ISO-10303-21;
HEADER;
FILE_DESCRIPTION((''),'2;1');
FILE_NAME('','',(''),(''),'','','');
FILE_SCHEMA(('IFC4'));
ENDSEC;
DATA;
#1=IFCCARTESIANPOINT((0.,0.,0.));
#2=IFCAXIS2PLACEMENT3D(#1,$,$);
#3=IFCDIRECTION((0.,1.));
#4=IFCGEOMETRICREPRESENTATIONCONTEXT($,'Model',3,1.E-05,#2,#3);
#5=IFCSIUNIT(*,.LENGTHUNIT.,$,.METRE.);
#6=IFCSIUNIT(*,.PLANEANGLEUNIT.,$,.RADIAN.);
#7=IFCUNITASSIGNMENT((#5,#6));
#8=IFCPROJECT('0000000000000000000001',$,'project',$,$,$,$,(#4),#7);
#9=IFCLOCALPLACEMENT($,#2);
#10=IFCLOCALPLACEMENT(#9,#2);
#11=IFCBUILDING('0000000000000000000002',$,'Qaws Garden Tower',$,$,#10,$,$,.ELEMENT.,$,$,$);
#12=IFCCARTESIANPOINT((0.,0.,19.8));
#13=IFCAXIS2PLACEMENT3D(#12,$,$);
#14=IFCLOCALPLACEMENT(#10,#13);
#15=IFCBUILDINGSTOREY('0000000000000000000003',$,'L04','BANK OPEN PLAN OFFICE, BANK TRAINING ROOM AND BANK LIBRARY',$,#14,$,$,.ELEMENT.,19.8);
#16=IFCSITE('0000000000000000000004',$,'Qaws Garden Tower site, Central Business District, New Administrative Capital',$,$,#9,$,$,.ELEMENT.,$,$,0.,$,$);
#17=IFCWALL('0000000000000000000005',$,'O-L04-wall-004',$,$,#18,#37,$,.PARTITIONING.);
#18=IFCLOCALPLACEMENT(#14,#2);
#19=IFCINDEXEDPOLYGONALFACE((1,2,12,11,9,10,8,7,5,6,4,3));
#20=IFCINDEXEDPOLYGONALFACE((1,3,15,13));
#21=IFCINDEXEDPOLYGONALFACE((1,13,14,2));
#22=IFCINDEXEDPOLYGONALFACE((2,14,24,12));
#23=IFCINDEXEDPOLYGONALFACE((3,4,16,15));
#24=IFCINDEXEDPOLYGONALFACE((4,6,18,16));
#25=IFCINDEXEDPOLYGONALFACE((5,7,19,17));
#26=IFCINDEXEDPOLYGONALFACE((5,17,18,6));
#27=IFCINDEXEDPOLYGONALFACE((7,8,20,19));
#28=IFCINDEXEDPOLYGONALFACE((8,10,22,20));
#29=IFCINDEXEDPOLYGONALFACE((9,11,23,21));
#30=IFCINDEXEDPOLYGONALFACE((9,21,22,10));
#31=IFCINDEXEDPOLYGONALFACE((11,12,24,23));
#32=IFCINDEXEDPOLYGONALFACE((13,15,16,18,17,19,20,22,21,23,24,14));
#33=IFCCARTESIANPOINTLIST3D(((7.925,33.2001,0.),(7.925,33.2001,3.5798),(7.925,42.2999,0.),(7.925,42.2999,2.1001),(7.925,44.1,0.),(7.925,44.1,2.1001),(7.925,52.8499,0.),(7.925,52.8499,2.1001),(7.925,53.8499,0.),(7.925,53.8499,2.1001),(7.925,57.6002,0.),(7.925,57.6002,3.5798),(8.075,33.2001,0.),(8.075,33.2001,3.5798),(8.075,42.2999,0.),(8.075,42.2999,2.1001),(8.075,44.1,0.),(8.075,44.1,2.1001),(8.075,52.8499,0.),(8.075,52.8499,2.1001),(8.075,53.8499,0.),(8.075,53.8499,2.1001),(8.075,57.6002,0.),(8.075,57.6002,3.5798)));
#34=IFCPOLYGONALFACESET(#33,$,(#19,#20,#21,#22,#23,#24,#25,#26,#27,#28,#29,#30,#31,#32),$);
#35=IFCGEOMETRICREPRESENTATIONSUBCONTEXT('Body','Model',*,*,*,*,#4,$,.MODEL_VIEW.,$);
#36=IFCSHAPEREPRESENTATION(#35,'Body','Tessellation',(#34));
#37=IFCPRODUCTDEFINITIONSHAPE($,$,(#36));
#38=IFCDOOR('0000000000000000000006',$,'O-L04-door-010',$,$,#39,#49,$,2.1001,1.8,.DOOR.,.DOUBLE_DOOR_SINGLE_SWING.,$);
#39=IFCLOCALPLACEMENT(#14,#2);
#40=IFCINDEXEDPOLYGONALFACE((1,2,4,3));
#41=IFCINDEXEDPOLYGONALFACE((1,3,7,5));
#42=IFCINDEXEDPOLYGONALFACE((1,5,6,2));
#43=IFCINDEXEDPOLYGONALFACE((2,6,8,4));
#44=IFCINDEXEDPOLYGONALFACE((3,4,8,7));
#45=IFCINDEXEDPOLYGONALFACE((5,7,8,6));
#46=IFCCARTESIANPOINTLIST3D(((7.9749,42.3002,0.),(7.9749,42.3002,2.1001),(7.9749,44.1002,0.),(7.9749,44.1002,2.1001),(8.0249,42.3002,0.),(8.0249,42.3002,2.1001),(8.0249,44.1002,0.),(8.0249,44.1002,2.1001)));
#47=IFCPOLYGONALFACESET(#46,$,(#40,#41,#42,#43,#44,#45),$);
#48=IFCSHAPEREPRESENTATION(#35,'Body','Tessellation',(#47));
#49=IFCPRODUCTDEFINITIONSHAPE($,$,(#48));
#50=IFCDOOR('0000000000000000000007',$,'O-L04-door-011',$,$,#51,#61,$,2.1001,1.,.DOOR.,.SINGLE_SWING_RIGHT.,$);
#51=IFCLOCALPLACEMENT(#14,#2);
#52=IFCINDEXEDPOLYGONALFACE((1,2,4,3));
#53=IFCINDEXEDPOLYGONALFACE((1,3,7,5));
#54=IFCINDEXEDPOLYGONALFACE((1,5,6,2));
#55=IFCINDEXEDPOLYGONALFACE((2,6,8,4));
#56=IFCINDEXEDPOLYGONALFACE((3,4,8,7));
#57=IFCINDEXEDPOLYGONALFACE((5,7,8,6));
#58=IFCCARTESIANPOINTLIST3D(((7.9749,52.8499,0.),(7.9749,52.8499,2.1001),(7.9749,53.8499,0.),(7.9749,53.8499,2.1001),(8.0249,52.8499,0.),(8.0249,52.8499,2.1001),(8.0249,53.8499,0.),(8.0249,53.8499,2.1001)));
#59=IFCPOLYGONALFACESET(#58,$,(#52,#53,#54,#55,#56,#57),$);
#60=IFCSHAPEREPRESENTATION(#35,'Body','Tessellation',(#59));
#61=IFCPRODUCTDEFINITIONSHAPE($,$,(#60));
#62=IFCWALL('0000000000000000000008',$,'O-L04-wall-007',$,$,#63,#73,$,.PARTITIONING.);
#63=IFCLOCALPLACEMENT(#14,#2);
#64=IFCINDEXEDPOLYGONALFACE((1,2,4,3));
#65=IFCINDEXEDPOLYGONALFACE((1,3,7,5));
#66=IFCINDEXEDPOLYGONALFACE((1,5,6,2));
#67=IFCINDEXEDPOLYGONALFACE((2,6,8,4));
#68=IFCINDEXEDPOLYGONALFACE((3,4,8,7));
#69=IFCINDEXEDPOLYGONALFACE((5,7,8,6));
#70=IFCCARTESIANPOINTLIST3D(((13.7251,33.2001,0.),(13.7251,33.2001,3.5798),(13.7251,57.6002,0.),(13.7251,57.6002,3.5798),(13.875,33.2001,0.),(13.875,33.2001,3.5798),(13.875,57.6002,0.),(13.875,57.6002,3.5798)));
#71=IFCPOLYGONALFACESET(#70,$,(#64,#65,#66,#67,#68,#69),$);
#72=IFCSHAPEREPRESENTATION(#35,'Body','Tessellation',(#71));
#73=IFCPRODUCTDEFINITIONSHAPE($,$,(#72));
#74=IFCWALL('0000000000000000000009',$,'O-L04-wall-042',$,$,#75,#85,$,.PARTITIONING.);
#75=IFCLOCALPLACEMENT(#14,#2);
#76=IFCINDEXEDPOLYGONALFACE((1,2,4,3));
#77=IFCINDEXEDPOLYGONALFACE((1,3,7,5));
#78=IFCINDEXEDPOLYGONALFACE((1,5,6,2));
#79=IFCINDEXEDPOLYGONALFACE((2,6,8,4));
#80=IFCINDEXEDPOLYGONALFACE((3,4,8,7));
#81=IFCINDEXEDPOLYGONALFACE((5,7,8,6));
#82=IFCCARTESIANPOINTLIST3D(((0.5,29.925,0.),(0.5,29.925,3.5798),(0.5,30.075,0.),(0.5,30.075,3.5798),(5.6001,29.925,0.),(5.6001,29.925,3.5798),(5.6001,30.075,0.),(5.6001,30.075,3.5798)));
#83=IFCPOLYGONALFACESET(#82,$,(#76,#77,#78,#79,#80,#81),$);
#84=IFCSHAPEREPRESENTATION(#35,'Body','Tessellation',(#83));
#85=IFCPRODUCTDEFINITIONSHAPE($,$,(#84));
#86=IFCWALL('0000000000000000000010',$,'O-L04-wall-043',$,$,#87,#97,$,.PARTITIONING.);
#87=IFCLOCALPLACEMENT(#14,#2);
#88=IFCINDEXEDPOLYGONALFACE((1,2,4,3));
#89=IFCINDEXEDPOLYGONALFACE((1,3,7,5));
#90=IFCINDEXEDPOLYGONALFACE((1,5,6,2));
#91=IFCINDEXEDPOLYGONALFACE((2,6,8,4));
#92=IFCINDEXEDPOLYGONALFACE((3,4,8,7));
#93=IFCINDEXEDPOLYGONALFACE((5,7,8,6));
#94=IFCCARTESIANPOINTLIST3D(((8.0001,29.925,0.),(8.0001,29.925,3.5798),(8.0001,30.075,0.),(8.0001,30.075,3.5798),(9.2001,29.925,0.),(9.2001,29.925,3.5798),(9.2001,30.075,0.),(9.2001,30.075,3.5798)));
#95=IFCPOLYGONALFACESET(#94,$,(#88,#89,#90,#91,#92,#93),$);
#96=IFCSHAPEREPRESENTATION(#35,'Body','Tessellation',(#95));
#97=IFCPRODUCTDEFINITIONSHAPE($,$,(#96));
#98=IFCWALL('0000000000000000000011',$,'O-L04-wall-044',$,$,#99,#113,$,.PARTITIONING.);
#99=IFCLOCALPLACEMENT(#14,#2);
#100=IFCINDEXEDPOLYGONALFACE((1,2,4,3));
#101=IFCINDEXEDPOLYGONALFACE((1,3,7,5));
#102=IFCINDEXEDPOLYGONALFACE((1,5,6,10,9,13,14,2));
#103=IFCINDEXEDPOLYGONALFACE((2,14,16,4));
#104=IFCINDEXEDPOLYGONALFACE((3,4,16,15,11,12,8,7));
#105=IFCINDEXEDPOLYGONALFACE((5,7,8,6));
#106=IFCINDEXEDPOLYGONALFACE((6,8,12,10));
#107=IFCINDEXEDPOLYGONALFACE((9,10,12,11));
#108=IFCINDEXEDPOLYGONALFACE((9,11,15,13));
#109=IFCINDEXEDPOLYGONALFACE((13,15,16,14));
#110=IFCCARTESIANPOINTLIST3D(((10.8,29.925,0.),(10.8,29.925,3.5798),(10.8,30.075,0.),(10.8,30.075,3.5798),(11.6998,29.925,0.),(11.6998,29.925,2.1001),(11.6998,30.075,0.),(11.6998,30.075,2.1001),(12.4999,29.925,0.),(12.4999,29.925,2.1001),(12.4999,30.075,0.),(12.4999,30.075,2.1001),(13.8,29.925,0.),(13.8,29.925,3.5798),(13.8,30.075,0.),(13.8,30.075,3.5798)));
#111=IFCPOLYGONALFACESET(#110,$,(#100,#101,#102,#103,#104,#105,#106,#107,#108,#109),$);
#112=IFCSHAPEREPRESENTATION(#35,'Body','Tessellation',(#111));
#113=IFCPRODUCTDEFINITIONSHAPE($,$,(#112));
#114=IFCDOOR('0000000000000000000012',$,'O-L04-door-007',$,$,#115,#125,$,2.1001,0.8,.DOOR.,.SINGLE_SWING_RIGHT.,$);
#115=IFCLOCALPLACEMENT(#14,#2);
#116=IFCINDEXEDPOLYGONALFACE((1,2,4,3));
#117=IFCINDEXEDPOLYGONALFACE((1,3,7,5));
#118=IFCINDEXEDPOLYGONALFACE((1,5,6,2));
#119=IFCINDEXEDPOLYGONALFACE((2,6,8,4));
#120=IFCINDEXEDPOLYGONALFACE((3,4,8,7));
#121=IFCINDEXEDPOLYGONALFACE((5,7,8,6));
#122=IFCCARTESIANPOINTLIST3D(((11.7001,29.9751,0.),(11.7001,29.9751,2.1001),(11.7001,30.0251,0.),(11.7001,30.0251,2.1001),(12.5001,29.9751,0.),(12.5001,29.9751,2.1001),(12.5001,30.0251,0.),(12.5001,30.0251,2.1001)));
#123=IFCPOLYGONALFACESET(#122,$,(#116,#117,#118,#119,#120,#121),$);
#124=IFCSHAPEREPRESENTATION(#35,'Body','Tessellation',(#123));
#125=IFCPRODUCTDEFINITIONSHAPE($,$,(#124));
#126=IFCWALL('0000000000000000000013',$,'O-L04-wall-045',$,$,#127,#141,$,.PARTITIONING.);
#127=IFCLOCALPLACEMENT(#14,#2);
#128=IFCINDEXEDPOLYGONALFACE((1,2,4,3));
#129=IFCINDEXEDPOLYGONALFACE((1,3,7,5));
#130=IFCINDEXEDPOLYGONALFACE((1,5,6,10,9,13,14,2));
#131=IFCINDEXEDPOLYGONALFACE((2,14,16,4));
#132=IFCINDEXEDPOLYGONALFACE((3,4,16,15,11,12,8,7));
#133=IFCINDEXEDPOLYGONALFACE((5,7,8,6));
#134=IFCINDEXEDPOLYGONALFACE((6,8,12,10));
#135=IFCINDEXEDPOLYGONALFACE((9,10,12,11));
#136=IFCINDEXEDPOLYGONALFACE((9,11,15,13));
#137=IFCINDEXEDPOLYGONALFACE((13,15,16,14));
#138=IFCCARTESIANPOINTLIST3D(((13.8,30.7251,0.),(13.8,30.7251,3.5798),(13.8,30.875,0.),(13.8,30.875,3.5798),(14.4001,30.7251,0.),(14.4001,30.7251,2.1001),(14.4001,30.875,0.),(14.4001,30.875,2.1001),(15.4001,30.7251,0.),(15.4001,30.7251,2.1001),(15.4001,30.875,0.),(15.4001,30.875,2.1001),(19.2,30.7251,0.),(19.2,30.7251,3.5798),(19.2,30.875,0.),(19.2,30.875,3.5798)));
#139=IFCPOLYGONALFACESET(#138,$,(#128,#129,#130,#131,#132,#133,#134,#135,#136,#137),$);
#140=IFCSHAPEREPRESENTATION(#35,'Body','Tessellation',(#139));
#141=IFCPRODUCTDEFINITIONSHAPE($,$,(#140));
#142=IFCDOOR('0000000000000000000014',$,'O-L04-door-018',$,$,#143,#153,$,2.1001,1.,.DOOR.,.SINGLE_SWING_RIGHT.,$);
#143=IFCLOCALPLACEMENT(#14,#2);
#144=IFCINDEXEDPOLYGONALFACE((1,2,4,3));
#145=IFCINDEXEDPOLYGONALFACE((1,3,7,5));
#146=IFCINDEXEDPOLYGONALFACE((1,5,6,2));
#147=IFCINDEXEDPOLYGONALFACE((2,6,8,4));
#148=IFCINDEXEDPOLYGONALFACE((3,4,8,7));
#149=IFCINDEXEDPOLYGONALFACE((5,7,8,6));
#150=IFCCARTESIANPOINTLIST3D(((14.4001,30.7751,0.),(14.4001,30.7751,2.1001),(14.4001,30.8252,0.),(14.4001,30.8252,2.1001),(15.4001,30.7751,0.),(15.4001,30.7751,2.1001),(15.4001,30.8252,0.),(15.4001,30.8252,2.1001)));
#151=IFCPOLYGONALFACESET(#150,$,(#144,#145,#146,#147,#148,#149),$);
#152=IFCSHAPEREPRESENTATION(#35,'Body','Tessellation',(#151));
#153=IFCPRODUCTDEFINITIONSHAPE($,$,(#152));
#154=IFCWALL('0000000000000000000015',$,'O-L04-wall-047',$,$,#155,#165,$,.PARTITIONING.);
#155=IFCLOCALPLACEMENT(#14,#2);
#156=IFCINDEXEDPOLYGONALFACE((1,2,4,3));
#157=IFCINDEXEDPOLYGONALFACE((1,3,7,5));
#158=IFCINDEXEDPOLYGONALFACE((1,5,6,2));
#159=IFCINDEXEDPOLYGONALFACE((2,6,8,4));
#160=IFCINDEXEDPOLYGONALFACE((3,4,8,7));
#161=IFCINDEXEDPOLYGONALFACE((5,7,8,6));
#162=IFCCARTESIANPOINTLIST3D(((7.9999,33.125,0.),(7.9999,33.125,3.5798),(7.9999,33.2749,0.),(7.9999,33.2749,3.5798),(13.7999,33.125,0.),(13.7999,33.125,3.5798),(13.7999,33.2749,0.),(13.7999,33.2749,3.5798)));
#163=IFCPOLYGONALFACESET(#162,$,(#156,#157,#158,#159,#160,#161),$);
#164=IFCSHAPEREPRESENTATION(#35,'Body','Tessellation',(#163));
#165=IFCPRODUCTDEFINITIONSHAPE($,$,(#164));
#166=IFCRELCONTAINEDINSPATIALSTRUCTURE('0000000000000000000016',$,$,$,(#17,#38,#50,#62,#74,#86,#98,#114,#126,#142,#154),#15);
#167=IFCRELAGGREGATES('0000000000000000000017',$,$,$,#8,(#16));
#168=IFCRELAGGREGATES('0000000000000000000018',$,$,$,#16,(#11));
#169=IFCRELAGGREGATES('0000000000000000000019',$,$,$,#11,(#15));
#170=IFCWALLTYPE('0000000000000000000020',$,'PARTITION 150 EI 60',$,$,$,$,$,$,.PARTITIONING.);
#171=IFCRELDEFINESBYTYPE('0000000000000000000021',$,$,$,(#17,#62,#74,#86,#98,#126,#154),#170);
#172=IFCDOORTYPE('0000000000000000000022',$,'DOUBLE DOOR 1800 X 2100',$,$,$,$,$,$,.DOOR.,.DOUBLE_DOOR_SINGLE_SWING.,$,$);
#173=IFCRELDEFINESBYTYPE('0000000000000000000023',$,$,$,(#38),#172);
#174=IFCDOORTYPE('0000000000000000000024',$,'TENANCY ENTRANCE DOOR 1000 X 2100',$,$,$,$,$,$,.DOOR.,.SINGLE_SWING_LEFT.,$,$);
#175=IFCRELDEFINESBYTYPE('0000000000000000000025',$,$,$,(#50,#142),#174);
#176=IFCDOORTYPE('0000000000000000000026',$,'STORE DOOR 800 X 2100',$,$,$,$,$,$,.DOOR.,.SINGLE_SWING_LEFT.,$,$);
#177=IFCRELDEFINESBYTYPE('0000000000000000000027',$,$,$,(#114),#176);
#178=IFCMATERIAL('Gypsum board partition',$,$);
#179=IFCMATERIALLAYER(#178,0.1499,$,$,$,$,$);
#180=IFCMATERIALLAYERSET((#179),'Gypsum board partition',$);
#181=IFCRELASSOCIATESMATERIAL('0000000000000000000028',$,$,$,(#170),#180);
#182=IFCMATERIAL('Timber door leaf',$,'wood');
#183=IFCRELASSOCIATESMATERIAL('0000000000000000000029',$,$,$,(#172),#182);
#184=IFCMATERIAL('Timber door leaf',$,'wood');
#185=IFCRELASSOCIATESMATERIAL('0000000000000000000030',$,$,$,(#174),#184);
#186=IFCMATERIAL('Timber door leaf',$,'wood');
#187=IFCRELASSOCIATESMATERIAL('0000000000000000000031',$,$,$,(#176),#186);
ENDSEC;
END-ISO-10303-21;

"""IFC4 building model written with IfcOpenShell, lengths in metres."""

from ifc_helpers import new_model, si_unit, direction, frame, frame_2d, origin, place, context, subcontext, project, spatial, rectangle, extrude, material, layer, layer_set, type_object, element, fill, save


model = new_model("IFC4")

# Units and contexts
model_context = context("Model", 3, precision=1e-05, world=origin(), true_north=direction((0.0, 1.0)))
body_context = subcontext(model_context, "Body", "Model", "MODEL_VIEW")
ifc_project = project(units=[si_unit("LENGTHUNIT", "METRE"), si_unit("PLANEANGLEUNIT", "RADIAN")], contexts=[model_context])

# Site, building, storey
site_placement = place(None, origin())
site = spatial("IfcSite", under=ifc_project, at=site_placement, Name="Qaws Garden Tower site, Central Business District, New Administrative Capital", CompositionType="ELEMENT", RefElevation=0.0)
building_placement = place(site_placement, origin())
building = spatial("IfcBuilding", under=site, at=building_placement, Name="Qaws Garden Tower", CompositionType="ELEMENT")
storey_placement = place(building_placement, frame((0.0, 0.0, 19.8)))
storey = spatial("IfcBuildingStorey", under=building, at=storey_placement, Name="L04", Description="BANK OPEN PLAN OFFICE, BANK TRAINING ROOM AND BANK LIBRARY", CompositionType="ELEMENT", Elevation=19.8)

# Wall, openings, doors
ifc_material_1 = material(Name="Gypsum board partition")
ifc_layer_1 = layer(ifc_material_1, 0.1499)
ifc_layer_set_1 = layer_set([ifc_layer_1], Name="Gypsum board partition")
wall_type_1 = type_object("IfcWallType", Name="PARTITION 150 EI 60", PredefinedType="PARTITIONING", material=ifc_layer_set_1)
wall_1_placement = place(storey_placement, frame((8.0, 33.2, 0.0), z_axis=(0.0, 0.0, 1.0), x_axis=(0.0, 1.0, 0.0)))
wall_1 = element("IfcWall", 1, at=wall_1_placement, inside=storey, type_object=wall_type_1, Name="O-L04-wall-004", PredefinedType="PARTITIONING", context=body_context, shape_type="SweptSolid", body=[
    extrude(rectangle(XDim=24.4001, YDim=0.1499, at=frame_2d((12.2002, 0.0))), origin(), (0.0, 0.0, 1.0), 3.5798),
])
opening_1_placement = place(wall_1_placement, frame((9.1001, 0.0, 0.0)))
opening_1 = element("IfcOpeningElement", 2, at=opening_1_placement, cuts=wall_1, PredefinedType="OPENING", context=body_context, shape_type="SweptSolid", body=[
    extrude(rectangle(XDim=1.8, YDim=2.1001, at=frame_2d((0.8999, 1.05))), frame((0.0, 0.085, 0.0), z_axis=(0.0, -1.0, 0.0), x_axis=(1.0, 0.0, 0.0)), (0.0, 0.0, 1.0), 0.1699),
])
opening_2_placement = place(wall_1_placement, frame((19.6499, 0.0, 0.0)))
opening_2 = element("IfcOpeningElement", 3, at=opening_2_placement, cuts=wall_1, PredefinedType="OPENING", context=body_context, shape_type="SweptSolid", body=[
    extrude(rectangle(XDim=1.0, YDim=2.1001, at=frame_2d((0.5, 1.05))), frame((0.0, 0.085, 0.0), z_axis=(0.0, -1.0, 0.0), x_axis=(1.0, 0.0, 0.0)), (0.0, 0.0, 1.0), 0.1699),
])
ifc_material_2 = material(Name="Timber door leaf", Category="wood")
door_type_1 = type_object("IfcDoorType", Name="DOUBLE DOOR 1800 X 2100", OperationType="DOUBLE_DOOR_SINGLE_SWING", PredefinedType="DOOR", material=ifc_material_2)
door_1_placement = place(opening_1_placement, frame((1.8, 0.0, 0.0), z_axis=(0.0, 0.0, 1.0), x_axis=(-1.0, 0.0, 0.0)))
door_1 = element("IfcDoor", 4, at=door_1_placement, inside=storey, type_object=door_type_1, Name="O-L04-door-010", OperationType="DOUBLE_DOOR_SINGLE_SWING", OverallHeight=2.1001, OverallWidth=1.8, PredefinedType="DOOR", context=body_context, shape_type="SweptSolid", body=[
    extrude(rectangle(XDim=1.8, YDim=2.1001, at=frame_2d((0.8999, 1.05))), frame((0.0, 0.0249, 0.0), z_axis=(0.0, -1.0, 0.0), x_axis=(1.0, 0.0, 0.0)), (0.0, 0.0, 1.0), 0.05),
])
fill(opening_1, door_1)
ifc_material_3 = material(Name="Timber door leaf", Category="wood")
door_type_2 = type_object("IfcDoorType", Name="TENANCY ENTRANCE DOOR 1000 X 2100", OperationType="SINGLE_SWING_LEFT", PredefinedType="DOOR", material=ifc_material_3)
door_2_placement = place(opening_2_placement, frame((1.0, 0.0, 0.0), z_axis=(0.0, 0.0, 1.0), x_axis=(-1.0, 0.0, 0.0)))
door_2 = element("IfcDoor", 5, at=door_2_placement, inside=storey, type_object=door_type_2, Name="O-L04-door-011", OperationType="SINGLE_SWING_RIGHT", OverallHeight=2.1001, OverallWidth=1.0, PredefinedType="DOOR", context=body_context, shape_type="SweptSolid", body=[
    extrude(rectangle(XDim=1.0, YDim=2.1001, at=frame_2d((0.5, 1.05))), frame((0.0, 0.0249, 0.0), z_axis=(0.0, -1.0, 0.0), x_axis=(1.0, 0.0, 0.0)), (0.0, 0.0, 1.0), 0.05),
])
fill(opening_2, door_2)

# Walls
wall_2_placement = place(storey_placement, frame((13.8, 33.2, 0.0), z_axis=(0.0, 0.0, 1.0), x_axis=(0.0, 1.0, 0.0)))
element("IfcWall", 6, at=wall_2_placement, inside=storey, type_object=wall_type_1, Name="O-L04-wall-007", PredefinedType="PARTITIONING", context=body_context, shape_type="SweptSolid", body=[
    extrude(rectangle(XDim=24.4001, YDim=0.1499, at=frame_2d((12.2002, 0.0))), origin(), (0.0, 0.0, 1.0), 3.5798),
])
wall_3_placement = place(storey_placement, frame((0.5, 30.0, 0.0), z_axis=(0.0, 0.0, 1.0), x_axis=(1.0, 0.0, 0.0)))
element("IfcWall", 7, at=wall_3_placement, inside=storey, type_object=wall_type_1, Name="O-L04-wall-042", PredefinedType="PARTITIONING", context=body_context, shape_type="SweptSolid", body=[
    extrude(rectangle(XDim=5.1001, YDim=0.1499, at=frame_2d((2.55, 0.0))), origin(), (0.0, 0.0, 1.0), 3.5798),
])
wall_4_placement = place(storey_placement, frame((8.0, 30.0, 0.0), z_axis=(0.0, 0.0, 1.0), x_axis=(1.0, 0.0, 0.0)))
element("IfcWall", 8, at=wall_4_placement, inside=storey, type_object=wall_type_1, Name="O-L04-wall-043", PredefinedType="PARTITIONING", context=body_context, shape_type="SweptSolid", body=[
    extrude(rectangle(XDim=1.2, YDim=0.1499, at=frame_2d((0.6001, 0.0))), origin(), (0.0, 0.0, 1.0), 3.5798),
])

# Walls, openings, doors
wall_5_placement = place(storey_placement, frame((10.8, 30.0, 0.0), z_axis=(0.0, 0.0, 1.0), x_axis=(1.0, 0.0, 0.0)))
wall_5 = element("IfcWall", 9, at=wall_5_placement, inside=storey, type_object=wall_type_1, Name="O-L04-wall-044", PredefinedType="PARTITIONING", context=body_context, shape_type="SweptSolid", body=[
    extrude(rectangle(XDim=3.0, YDim=0.1499, at=frame_2d((1.5, 0.0))), origin(), (0.0, 0.0, 1.0), 3.5798),
])
opening_3_placement = place(wall_5_placement, frame((0.8999, 0.0, 0.0)))
opening_3 = element("IfcOpeningElement", 10, at=opening_3_placement, cuts=wall_5, PredefinedType="OPENING", context=body_context, shape_type="SweptSolid", body=[
    extrude(rectangle(XDim=0.8, YDim=2.1001, at=frame_2d((0.3999, 1.05))), frame((0.0, 0.085, 0.0), z_axis=(0.0, -1.0, 0.0), x_axis=(1.0, 0.0, 0.0)), (0.0, 0.0, 1.0), 0.1699),
])
ifc_material_4 = material(Name="Timber door leaf", Category="wood")
door_type_3 = type_object("IfcDoorType", Name="STORE DOOR 800 X 2100", OperationType="SINGLE_SWING_LEFT", PredefinedType="DOOR", material=ifc_material_4)
door_3_placement = place(opening_3_placement, frame((0.8, 0.0, 0.0), z_axis=(0.0, 0.0, 1.0), x_axis=(-1.0, 0.0, 0.0)))
door_3 = element("IfcDoor", 11, at=door_3_placement, inside=storey, type_object=door_type_3, Name="O-L04-door-007", OperationType="SINGLE_SWING_RIGHT", OverallHeight=2.1001, OverallWidth=0.8, PredefinedType="DOOR", context=body_context, shape_type="SweptSolid", body=[
    extrude(rectangle(XDim=0.8, YDim=2.1001, at=frame_2d((0.3999, 1.05))), frame((0.0, 0.0249, 0.0), z_axis=(0.0, -1.0, 0.0), x_axis=(1.0, 0.0, 0.0)), (0.0, 0.0, 1.0), 0.05),
])
fill(opening_3, door_3)
wall_6_placement = place(storey_placement, frame((13.8, 30.8, 0.0), z_axis=(0.0, 0.0, 1.0), x_axis=(1.0, 0.0, 0.0)))
wall_6 = element("IfcWall", 12, at=wall_6_placement, inside=storey, type_object=wall_type_1, Name="O-L04-wall-045", PredefinedType="PARTITIONING", context=body_context, shape_type="SweptSolid", body=[
    extrude(rectangle(XDim=5.3999, YDim=0.1499, at=frame_2d((2.7, 0.0))), origin(), (0.0, 0.0, 1.0), 3.5798),
])
opening_4_placement = place(wall_6_placement, frame((0.6001, 0.0, 0.0)))
opening_4 = element("IfcOpeningElement", 13, at=opening_4_placement, cuts=wall_6, PredefinedType="OPENING", context=body_context, shape_type="SweptSolid", body=[
    extrude(rectangle(XDim=1.0, YDim=2.1001, at=frame_2d((0.5, 1.05))), frame((0.0, 0.085, 0.0), z_axis=(0.0, -1.0, 0.0), x_axis=(1.0, 0.0, 0.0)), (0.0, 0.0, 1.0), 0.1699),
])
door_4_placement = place(opening_4_placement, frame((1.0, 0.0, 0.0), z_axis=(0.0, 0.0, 1.0), x_axis=(-1.0, 0.0, 0.0)))
door_4 = element("IfcDoor", 14, at=door_4_placement, inside=storey, type_object=door_type_2, Name="O-L04-door-018", OperationType="SINGLE_SWING_RIGHT", OverallHeight=2.1001, OverallWidth=1.0, PredefinedType="DOOR", context=body_context, shape_type="SweptSolid", body=[
    extrude(rectangle(XDim=1.0, YDim=2.1001, at=frame_2d((0.5, 1.05))), frame((0.0, 0.0249, 0.0), z_axis=(0.0, -1.0, 0.0), x_axis=(1.0, 0.0, 0.0)), (0.0, 0.0, 1.0), 0.05),
])
fill(opening_4, door_4)

# Wall
wall_7_placement = place(storey_placement, frame((8.0, 33.2, 0.0), z_axis=(0.0, 0.0, 1.0), x_axis=(1.0, 0.0, 0.0)))
element("IfcWall", 15, at=wall_7_placement, inside=storey, type_object=wall_type_1, Name="O-L04-wall-047", PredefinedType="PARTITIONING", context=body_context, shape_type="SweptSolid", body=[
    extrude(rectangle(XDim=5.8, YDim=0.1499, at=frame_2d((2.8999, 0.0))), origin(), (0.0, 0.0, 1.0), 3.5798),
])

save(model, "model.ifc")
